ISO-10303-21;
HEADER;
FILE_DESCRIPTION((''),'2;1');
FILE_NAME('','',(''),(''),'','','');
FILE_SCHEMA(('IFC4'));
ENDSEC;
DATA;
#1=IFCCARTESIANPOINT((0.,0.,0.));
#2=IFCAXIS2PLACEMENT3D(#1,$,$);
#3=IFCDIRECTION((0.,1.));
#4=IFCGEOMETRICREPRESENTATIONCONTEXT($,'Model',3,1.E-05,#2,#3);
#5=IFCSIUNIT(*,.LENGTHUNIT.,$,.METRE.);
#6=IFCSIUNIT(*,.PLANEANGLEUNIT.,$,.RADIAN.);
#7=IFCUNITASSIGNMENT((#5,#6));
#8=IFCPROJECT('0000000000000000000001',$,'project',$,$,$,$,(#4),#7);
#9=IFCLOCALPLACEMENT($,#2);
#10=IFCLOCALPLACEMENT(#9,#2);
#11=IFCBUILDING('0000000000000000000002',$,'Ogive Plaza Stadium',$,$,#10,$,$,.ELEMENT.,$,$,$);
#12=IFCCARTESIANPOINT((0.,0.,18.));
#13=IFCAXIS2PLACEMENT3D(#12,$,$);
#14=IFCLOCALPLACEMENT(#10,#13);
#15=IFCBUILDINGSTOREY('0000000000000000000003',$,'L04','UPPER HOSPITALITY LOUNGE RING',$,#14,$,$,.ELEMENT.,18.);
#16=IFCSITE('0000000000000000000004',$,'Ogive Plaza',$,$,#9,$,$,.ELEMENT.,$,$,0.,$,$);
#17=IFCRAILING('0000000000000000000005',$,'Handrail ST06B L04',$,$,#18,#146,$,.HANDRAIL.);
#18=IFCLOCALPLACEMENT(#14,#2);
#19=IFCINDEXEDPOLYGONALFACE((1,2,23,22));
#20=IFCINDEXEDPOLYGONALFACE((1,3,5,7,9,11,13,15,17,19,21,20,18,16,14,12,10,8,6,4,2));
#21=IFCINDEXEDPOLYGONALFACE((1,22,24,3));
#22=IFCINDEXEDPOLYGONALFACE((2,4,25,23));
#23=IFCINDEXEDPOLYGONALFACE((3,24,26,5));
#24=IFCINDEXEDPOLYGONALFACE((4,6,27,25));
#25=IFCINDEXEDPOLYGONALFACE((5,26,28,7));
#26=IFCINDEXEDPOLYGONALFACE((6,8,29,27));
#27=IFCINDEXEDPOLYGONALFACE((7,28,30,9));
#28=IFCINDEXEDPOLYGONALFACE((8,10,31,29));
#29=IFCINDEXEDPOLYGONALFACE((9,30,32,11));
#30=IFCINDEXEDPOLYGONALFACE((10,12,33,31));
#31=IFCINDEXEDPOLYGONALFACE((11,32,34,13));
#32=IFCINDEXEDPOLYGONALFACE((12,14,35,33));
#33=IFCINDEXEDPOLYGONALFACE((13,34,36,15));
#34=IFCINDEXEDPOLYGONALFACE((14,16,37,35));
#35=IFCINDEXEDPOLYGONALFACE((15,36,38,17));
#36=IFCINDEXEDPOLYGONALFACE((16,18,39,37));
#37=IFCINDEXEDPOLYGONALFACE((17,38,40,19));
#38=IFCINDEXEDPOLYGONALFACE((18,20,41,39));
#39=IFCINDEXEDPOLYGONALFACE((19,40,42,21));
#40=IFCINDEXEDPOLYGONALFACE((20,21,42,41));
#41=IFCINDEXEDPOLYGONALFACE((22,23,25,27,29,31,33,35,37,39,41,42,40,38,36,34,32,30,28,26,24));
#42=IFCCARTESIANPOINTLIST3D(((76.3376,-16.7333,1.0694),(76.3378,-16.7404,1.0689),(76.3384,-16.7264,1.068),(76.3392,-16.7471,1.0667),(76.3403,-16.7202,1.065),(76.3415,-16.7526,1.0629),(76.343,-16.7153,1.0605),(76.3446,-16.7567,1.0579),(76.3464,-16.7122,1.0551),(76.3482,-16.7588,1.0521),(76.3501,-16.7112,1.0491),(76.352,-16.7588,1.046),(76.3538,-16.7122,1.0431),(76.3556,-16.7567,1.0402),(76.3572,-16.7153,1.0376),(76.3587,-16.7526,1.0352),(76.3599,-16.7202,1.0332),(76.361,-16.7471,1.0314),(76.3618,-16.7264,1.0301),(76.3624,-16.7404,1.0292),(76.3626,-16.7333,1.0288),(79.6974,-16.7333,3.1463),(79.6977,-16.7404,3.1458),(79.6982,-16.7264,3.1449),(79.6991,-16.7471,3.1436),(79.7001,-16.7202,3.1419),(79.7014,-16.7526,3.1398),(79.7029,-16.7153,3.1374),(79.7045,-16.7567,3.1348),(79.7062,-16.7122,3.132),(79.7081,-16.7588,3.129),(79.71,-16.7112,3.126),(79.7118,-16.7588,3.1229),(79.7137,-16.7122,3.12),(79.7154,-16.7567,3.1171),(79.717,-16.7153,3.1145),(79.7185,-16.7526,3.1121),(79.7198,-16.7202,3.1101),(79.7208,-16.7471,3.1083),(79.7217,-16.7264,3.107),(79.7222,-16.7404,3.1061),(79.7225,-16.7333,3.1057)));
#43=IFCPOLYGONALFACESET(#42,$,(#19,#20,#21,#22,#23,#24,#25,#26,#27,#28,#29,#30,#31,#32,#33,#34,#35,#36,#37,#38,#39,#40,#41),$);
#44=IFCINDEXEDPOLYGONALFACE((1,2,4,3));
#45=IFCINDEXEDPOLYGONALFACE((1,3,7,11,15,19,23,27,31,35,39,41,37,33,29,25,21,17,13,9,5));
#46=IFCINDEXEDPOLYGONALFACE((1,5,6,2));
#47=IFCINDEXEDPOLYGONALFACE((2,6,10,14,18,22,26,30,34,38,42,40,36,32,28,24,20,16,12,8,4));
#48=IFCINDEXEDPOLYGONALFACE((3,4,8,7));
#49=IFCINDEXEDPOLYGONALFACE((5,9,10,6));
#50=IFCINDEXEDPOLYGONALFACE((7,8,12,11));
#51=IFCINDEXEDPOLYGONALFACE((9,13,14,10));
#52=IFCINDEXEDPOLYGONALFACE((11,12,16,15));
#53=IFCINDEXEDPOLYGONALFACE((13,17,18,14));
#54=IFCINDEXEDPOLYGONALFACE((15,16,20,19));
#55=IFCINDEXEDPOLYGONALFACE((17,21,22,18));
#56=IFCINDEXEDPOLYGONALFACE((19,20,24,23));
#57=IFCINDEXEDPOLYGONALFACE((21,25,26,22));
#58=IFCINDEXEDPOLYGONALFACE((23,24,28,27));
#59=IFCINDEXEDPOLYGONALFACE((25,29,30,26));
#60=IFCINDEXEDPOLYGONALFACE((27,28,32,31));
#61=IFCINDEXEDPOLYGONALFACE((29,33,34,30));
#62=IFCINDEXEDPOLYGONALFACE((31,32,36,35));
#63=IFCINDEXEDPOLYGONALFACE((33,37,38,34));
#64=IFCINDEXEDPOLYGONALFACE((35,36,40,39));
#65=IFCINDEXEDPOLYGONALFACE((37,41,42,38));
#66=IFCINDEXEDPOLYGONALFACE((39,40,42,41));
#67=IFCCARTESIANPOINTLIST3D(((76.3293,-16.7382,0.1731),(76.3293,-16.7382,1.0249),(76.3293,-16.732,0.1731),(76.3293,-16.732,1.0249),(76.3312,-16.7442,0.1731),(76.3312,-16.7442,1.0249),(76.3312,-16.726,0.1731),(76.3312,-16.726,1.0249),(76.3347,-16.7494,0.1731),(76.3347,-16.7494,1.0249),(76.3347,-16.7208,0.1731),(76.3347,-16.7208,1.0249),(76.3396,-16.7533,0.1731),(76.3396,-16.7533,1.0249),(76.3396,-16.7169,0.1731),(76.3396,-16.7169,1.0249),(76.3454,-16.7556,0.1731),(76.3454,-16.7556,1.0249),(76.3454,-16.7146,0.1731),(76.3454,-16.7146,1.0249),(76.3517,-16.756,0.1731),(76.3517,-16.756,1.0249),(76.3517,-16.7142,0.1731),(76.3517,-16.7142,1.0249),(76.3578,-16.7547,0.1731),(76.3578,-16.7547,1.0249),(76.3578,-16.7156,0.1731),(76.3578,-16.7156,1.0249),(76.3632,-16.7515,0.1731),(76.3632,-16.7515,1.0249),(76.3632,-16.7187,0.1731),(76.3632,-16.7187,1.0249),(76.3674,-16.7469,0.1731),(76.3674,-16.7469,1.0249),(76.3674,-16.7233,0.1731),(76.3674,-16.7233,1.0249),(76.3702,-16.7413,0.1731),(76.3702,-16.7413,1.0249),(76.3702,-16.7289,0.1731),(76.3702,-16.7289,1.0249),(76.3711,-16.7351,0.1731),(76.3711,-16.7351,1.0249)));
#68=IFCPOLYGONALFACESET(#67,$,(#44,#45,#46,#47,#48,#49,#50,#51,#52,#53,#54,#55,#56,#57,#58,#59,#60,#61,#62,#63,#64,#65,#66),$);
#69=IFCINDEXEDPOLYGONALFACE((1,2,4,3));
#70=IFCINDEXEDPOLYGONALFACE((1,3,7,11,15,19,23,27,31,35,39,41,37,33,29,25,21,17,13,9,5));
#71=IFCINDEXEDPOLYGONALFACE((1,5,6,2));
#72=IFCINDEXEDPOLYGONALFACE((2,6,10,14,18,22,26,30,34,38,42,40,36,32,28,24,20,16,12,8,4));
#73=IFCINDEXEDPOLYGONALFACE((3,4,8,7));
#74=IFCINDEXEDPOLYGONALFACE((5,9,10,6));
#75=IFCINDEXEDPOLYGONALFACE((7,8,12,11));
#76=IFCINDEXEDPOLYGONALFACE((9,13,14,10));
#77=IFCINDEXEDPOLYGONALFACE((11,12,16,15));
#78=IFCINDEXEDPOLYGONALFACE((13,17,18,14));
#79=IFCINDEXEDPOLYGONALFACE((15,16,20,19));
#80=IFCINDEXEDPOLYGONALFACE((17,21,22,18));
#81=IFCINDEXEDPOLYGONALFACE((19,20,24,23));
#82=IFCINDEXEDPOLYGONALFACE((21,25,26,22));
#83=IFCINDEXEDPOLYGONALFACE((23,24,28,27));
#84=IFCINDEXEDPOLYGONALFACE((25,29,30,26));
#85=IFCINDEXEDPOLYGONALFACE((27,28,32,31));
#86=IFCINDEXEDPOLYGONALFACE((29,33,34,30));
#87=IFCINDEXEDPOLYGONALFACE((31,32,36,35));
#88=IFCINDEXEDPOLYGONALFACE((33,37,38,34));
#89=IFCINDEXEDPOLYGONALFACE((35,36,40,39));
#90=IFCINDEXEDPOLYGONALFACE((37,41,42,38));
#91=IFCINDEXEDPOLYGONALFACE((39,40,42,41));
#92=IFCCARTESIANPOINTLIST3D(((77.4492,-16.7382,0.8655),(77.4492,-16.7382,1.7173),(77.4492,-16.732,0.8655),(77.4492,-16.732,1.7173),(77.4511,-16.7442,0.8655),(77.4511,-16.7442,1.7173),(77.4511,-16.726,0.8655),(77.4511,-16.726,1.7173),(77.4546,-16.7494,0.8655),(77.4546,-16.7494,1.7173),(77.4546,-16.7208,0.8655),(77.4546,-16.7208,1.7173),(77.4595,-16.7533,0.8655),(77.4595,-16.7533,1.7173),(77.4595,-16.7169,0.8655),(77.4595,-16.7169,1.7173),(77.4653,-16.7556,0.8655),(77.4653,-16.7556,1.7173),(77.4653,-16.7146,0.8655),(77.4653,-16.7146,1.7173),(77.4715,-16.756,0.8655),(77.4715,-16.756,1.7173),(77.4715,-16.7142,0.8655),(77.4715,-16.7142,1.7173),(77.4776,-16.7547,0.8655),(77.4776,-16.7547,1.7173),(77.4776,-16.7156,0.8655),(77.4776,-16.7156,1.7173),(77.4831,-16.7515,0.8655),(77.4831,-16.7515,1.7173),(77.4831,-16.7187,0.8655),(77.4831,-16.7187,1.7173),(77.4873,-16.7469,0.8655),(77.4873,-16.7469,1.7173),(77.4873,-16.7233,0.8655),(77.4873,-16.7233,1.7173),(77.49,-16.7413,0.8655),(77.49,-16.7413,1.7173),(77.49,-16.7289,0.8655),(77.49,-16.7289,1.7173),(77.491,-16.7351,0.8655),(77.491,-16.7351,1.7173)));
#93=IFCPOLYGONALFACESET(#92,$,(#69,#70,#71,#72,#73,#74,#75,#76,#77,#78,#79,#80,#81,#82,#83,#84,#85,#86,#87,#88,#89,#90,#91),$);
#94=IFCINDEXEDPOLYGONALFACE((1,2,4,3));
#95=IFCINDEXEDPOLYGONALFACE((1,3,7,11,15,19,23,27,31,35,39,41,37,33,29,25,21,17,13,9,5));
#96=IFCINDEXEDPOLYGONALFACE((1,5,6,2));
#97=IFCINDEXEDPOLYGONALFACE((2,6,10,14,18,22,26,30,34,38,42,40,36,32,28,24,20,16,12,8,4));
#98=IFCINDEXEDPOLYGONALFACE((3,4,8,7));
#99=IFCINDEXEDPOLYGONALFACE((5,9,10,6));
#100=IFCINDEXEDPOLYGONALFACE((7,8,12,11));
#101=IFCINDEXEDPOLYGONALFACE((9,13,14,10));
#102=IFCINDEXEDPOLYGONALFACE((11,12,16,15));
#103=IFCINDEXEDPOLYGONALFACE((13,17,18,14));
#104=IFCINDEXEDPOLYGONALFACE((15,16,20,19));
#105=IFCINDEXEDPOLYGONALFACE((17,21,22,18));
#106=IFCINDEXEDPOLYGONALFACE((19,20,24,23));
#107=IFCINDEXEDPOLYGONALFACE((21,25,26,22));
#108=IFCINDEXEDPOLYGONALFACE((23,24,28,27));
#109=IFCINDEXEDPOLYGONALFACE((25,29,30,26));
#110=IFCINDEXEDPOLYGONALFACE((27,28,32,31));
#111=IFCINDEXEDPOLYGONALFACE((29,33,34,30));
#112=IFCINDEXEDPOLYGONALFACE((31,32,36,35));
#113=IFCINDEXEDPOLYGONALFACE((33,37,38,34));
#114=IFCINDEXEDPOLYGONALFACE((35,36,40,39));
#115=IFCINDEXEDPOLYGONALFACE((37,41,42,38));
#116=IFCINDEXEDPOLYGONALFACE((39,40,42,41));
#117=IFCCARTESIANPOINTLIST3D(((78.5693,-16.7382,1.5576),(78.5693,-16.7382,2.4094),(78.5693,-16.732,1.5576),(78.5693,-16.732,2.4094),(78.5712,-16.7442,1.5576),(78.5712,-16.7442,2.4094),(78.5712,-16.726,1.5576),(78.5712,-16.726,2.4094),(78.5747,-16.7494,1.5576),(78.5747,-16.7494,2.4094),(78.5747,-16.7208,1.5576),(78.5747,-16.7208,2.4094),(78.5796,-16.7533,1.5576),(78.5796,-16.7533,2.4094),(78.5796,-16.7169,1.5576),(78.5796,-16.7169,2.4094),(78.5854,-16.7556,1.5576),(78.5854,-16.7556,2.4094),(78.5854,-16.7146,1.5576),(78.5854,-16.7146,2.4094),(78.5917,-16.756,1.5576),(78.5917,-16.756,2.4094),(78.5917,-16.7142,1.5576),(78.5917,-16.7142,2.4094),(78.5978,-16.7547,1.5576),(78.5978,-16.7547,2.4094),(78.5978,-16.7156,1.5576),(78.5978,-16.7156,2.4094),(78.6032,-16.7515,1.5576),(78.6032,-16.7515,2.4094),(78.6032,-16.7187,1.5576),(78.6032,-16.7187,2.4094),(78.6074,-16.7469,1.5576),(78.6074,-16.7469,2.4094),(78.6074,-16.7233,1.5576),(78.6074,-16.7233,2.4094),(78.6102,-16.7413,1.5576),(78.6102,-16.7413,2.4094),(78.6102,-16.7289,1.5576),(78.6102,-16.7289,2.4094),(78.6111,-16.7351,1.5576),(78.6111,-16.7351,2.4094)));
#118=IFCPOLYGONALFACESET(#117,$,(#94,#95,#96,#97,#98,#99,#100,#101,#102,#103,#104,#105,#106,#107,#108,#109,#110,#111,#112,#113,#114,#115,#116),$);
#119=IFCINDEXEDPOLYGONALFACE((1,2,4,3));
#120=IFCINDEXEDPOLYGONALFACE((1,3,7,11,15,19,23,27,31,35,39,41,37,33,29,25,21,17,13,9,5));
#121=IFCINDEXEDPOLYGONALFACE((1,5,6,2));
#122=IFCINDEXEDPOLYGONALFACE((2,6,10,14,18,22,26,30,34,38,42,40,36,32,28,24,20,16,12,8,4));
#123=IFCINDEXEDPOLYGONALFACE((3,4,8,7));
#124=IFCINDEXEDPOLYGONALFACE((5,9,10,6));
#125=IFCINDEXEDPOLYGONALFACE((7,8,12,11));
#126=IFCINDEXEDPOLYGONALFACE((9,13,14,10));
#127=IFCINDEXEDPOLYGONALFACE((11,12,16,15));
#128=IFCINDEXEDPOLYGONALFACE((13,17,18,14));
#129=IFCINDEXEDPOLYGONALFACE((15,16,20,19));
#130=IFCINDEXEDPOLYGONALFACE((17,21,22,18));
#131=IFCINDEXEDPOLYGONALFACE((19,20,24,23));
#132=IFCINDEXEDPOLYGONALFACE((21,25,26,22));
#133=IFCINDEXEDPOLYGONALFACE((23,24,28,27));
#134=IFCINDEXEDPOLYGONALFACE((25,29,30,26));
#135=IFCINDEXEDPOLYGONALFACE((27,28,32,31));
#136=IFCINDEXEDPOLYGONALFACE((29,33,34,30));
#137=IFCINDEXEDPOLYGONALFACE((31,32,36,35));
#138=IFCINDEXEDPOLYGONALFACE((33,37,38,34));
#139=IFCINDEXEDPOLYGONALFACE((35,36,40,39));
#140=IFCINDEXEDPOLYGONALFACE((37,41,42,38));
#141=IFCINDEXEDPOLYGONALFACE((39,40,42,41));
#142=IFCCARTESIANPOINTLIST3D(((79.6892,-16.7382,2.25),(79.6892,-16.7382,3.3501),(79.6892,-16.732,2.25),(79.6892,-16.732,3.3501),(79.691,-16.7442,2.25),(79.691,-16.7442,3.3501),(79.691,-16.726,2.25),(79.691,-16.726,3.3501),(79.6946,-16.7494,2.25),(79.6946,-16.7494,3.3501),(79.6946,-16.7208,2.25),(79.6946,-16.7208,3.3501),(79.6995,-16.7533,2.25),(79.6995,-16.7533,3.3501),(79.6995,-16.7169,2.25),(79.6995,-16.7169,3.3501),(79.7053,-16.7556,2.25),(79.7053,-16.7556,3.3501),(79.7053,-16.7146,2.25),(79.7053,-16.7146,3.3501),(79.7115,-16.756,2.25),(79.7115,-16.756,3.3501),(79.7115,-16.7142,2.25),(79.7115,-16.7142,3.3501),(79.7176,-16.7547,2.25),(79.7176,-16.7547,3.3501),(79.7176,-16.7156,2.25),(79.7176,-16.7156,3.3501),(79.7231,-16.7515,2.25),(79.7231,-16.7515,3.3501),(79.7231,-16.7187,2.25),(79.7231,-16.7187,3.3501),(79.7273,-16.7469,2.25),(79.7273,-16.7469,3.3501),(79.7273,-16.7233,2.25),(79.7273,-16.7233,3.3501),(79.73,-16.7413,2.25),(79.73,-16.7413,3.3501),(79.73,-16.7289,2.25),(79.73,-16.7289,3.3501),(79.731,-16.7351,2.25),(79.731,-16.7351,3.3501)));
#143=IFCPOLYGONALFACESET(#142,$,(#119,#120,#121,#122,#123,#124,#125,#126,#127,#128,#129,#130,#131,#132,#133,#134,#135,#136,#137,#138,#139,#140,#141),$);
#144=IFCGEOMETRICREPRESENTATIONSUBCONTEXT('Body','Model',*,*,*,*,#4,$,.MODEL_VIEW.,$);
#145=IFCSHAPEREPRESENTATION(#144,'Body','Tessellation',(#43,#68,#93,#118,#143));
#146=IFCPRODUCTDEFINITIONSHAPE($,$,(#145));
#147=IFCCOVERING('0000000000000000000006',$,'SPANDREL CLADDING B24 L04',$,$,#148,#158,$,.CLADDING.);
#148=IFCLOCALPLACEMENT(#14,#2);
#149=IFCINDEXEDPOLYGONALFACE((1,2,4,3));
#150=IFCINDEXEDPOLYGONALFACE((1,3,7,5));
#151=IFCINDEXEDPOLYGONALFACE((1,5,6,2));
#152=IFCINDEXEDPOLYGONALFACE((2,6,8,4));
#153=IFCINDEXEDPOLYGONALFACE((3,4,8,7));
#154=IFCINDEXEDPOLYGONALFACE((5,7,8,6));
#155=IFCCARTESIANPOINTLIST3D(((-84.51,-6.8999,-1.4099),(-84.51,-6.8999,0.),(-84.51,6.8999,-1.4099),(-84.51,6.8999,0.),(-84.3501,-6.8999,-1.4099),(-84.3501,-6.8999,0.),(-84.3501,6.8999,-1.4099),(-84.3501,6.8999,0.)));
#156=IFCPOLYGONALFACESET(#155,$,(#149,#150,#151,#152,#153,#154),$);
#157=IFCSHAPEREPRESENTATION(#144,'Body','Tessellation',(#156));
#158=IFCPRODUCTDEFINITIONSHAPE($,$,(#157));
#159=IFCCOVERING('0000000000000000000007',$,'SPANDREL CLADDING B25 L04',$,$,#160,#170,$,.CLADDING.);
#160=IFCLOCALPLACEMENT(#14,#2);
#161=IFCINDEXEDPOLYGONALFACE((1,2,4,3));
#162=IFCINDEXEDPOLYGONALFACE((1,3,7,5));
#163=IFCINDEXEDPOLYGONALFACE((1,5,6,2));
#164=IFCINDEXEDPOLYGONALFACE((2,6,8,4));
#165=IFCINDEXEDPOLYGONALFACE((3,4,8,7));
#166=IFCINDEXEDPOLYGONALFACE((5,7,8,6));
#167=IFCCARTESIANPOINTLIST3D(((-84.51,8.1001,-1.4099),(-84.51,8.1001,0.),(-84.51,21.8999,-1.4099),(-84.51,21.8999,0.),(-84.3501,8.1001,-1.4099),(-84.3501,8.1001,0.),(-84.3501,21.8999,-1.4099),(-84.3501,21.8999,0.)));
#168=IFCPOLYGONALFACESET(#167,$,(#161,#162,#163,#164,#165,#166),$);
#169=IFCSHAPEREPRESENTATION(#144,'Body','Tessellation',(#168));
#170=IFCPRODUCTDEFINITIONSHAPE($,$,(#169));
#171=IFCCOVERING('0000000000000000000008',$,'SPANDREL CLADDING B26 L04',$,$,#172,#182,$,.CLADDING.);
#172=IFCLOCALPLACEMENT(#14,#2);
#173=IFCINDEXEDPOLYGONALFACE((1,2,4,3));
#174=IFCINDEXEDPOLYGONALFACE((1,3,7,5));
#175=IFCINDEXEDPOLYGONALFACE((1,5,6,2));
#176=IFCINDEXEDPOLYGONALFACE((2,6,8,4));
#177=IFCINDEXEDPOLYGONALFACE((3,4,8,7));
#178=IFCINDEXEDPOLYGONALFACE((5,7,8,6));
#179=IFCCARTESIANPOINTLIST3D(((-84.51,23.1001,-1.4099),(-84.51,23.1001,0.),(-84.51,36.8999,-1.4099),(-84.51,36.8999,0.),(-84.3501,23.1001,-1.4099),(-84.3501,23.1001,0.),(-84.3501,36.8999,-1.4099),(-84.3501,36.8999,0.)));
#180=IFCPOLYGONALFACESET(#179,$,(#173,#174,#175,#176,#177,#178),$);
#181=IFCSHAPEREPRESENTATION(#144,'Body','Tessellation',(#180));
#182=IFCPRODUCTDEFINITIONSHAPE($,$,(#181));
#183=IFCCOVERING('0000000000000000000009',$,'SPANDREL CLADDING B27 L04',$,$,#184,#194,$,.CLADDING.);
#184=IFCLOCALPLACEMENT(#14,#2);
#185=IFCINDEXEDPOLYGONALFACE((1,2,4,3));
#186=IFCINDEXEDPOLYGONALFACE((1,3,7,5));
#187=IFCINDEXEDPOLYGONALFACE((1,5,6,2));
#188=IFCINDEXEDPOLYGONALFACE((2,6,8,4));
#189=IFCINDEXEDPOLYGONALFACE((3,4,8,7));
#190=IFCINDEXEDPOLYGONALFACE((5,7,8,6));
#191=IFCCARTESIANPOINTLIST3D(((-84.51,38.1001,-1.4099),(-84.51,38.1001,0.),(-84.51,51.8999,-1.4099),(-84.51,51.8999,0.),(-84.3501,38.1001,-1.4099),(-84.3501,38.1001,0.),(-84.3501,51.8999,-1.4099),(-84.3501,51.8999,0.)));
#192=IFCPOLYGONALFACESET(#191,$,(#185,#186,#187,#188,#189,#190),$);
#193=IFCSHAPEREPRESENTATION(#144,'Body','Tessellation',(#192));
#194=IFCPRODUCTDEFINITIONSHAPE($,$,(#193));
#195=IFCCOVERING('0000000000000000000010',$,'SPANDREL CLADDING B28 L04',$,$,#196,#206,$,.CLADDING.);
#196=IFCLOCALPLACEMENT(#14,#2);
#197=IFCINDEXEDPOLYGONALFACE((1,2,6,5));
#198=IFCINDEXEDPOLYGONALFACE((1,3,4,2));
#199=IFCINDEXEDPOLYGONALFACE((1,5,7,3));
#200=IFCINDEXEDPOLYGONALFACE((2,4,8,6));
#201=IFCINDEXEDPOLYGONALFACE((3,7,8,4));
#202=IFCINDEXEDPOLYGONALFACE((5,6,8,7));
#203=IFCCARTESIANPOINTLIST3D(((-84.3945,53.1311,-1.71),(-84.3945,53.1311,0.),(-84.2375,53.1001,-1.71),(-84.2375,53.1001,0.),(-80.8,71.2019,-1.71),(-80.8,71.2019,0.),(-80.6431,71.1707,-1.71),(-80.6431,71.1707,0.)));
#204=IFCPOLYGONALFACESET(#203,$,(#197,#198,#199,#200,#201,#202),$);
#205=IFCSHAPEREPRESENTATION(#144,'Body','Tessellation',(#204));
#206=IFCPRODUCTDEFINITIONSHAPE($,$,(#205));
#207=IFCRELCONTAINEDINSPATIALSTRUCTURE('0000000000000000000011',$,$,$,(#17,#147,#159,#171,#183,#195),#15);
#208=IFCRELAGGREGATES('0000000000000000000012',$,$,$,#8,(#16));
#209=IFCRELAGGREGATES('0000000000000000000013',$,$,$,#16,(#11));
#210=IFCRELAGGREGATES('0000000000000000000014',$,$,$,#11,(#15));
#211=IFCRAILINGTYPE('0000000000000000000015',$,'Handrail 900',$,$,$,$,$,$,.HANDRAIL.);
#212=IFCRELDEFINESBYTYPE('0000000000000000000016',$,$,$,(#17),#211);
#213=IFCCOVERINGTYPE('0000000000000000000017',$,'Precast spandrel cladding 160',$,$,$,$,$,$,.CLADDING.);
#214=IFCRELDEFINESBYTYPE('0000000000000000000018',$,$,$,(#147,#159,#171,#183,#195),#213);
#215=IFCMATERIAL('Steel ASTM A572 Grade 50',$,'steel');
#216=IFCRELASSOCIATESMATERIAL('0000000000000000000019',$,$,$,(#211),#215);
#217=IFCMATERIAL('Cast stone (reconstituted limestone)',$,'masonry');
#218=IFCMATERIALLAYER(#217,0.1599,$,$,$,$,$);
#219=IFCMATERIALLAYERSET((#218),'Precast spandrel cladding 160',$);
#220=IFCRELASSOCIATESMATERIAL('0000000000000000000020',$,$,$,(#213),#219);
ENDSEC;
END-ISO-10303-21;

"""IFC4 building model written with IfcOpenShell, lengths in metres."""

from ifc_helpers import new_model, si_unit, direction, frame, origin, origin_2d, place, context, subcontext, project, spatial, polyline, circle, outline, extrude, material, layer, layer_set, type_object, element, save


model = new_model("IFC4")

# Units and contexts
model_context = context("Model", 3, precision=1e-05, world=origin(), true_north=direction((0.0, 1.0)))
body_context = subcontext(model_context, "Body", "Model", "MODEL_VIEW")
ifc_project = project(units=[si_unit("LENGTHUNIT", "METRE"), si_unit("PLANEANGLEUNIT", "RADIAN")], contexts=[model_context])

# Site, building, storey
site_placement = place(None, origin())
site = spatial("IfcSite", under=ifc_project, at=site_placement, Name="Ogive Plaza", CompositionType="ELEMENT", RefElevation=0.0)
building_placement = place(site_placement, origin())
building = spatial("IfcBuilding", under=site, at=building_placement, Name="Ogive Plaza Stadium", CompositionType="ELEMENT")
storey_placement = place(building_placement, frame((0.0, 0.0, 18.0)))
storey = spatial("IfcBuildingStorey", under=building, at=storey_placement, Name="L04", Description="UPPER HOSPITALITY LOUNGE RING", CompositionType="ELEMENT", Elevation=18.0)

# Railing
ifc_material_1 = material(Name="Steel ASTM A572 Grade 50", Category="steel")
railing_type_1 = type_object("IfcRailingType", Name="Handrail 900", PredefinedType="HANDRAIL", material=ifc_material_1)
for number, where, name in (
    (1, (76.3501, -16.7351, 0.1731), "Handrail ST06B L04"),
):
    element("IfcRailing", number, at=place(storey_placement, frame(where)), inside=storey, type_object=railing_type_1, Name=name, PredefinedType="HANDRAIL", context=body_context, shape_type="SweptSolid", body=[
        extrude(circle(Radius=0.0239, at=origin_2d()), frame((0.0, 0.0, 0.876), z_axis=(0.850606, 0.0, 0.525803), x_axis=(0.0, 1.0, 0.0)), (0.0, 0.0, 1.0), 3.95),
        extrude(circle(Radius=0.021, at=origin_2d()), origin(), (0.0, 0.0, 1.0), 0.8518),
        extrude(circle(Radius=0.021, at=origin_2d()), frame((1.1199, 0.0, 0.6924)), (0.0, 0.0, 1.0), 0.8518),
        extrude(circle(Radius=0.021, at=origin_2d()), frame((2.24, 0.0, 1.3845)), (0.0, 0.0, 1.0), 0.8518),
        extrude(circle(Radius=0.021, at=origin_2d()), frame((3.3599, 0.0, 2.0769)), (0.0, 0.0, 1.0), 1.1001),
    ])

# Coverings
ifc_material_2 = material(Name="Cast stone (reconstituted limestone)", Category="masonry")
ifc_layer_1 = layer(ifc_material_2, 0.1599)
ifc_layer_set_1 = layer_set([ifc_layer_1], Name="Precast spandrel cladding 160")
covering_type = type_object("IfcCoveringType", Name="Precast spandrel cladding 160", PredefinedType="CLADDING", material=ifc_layer_set_1)
covering_1_placement = place(storey_placement, frame((0.0, 0.0, -1.4099)))
element("IfcCovering", 2, at=covering_1_placement, inside=storey, type_object=covering_type, Name="SPANDREL CLADDING B24 L04", PredefinedType="CLADDING", context=body_context, shape_type="SweptSolid", body=[
    extrude(outline(polyline([(-84.3501, -6.8999), (-84.3501, 6.8999), (-84.51, 6.8999), (-84.51, -6.8999), (-84.3501, -6.8999)])), origin(), (0.0, 0.0, 1.0), 1.4099),
])
covering_2_placement = place(storey_placement, frame((0.0, 0.0, -1.4099)))
element("IfcCovering", 3, at=covering_2_placement, inside=storey, type_object=covering_type, Name="SPANDREL CLADDING B25 L04", PredefinedType="CLADDING", context=body_context, shape_type="SweptSolid", body=[
    extrude(outline(polyline([(-84.3501, 8.1001), (-84.3501, 21.8999), (-84.51, 21.8999), (-84.51, 8.1001), (-84.3501, 8.1001)])), origin(), (0.0, 0.0, 1.0), 1.4099),
])
covering_3_placement = place(storey_placement, frame((0.0, 0.0, -1.4099)))
element("IfcCovering", 4, at=covering_3_placement, inside=storey, type_object=covering_type, Name="SPANDREL CLADDING B26 L04", PredefinedType="CLADDING", context=body_context, shape_type="SweptSolid", body=[
    extrude(outline(polyline([(-84.3501, 23.1001), (-84.3501, 36.8999), (-84.51, 36.8999), (-84.51, 23.1001), (-84.3501, 23.1001)])), origin(), (0.0, 0.0, 1.0), 1.4099),
])
covering_4_placement = place(storey_placement, frame((0.0, 0.0, -1.4099)))
element("IfcCovering", 5, at=covering_4_placement, inside=storey, type_object=covering_type, Name="SPANDREL CLADDING B27 L04", PredefinedType="CLADDING", context=body_context, shape_type="SweptSolid", body=[
    extrude(outline(polyline([(-84.3501, 38.1001), (-84.3501, 51.8999), (-84.51, 51.8999), (-84.51, 38.1001), (-84.3501, 38.1001)])), origin(), (0.0, 0.0, 1.0), 1.4099),
])
covering_5_placement = place(storey_placement, frame((0.0, 0.0, -1.71)))
element("IfcCovering", 6, at=covering_5_placement, inside=storey, type_object=covering_type, Name="SPANDREL CLADDING B28 L04", PredefinedType="CLADDING", context=body_context, shape_type="SweptSolid", body=[
    extrude(outline(polyline([(-84.2375, 53.1001), (-80.6431, 71.1707), (-80.8, 71.2019), (-84.3945, 53.1311), (-84.2375, 53.1001)])), origin(), (0.0, 0.0, 1.0), 1.71),
])

save(model, "model.ifc")
